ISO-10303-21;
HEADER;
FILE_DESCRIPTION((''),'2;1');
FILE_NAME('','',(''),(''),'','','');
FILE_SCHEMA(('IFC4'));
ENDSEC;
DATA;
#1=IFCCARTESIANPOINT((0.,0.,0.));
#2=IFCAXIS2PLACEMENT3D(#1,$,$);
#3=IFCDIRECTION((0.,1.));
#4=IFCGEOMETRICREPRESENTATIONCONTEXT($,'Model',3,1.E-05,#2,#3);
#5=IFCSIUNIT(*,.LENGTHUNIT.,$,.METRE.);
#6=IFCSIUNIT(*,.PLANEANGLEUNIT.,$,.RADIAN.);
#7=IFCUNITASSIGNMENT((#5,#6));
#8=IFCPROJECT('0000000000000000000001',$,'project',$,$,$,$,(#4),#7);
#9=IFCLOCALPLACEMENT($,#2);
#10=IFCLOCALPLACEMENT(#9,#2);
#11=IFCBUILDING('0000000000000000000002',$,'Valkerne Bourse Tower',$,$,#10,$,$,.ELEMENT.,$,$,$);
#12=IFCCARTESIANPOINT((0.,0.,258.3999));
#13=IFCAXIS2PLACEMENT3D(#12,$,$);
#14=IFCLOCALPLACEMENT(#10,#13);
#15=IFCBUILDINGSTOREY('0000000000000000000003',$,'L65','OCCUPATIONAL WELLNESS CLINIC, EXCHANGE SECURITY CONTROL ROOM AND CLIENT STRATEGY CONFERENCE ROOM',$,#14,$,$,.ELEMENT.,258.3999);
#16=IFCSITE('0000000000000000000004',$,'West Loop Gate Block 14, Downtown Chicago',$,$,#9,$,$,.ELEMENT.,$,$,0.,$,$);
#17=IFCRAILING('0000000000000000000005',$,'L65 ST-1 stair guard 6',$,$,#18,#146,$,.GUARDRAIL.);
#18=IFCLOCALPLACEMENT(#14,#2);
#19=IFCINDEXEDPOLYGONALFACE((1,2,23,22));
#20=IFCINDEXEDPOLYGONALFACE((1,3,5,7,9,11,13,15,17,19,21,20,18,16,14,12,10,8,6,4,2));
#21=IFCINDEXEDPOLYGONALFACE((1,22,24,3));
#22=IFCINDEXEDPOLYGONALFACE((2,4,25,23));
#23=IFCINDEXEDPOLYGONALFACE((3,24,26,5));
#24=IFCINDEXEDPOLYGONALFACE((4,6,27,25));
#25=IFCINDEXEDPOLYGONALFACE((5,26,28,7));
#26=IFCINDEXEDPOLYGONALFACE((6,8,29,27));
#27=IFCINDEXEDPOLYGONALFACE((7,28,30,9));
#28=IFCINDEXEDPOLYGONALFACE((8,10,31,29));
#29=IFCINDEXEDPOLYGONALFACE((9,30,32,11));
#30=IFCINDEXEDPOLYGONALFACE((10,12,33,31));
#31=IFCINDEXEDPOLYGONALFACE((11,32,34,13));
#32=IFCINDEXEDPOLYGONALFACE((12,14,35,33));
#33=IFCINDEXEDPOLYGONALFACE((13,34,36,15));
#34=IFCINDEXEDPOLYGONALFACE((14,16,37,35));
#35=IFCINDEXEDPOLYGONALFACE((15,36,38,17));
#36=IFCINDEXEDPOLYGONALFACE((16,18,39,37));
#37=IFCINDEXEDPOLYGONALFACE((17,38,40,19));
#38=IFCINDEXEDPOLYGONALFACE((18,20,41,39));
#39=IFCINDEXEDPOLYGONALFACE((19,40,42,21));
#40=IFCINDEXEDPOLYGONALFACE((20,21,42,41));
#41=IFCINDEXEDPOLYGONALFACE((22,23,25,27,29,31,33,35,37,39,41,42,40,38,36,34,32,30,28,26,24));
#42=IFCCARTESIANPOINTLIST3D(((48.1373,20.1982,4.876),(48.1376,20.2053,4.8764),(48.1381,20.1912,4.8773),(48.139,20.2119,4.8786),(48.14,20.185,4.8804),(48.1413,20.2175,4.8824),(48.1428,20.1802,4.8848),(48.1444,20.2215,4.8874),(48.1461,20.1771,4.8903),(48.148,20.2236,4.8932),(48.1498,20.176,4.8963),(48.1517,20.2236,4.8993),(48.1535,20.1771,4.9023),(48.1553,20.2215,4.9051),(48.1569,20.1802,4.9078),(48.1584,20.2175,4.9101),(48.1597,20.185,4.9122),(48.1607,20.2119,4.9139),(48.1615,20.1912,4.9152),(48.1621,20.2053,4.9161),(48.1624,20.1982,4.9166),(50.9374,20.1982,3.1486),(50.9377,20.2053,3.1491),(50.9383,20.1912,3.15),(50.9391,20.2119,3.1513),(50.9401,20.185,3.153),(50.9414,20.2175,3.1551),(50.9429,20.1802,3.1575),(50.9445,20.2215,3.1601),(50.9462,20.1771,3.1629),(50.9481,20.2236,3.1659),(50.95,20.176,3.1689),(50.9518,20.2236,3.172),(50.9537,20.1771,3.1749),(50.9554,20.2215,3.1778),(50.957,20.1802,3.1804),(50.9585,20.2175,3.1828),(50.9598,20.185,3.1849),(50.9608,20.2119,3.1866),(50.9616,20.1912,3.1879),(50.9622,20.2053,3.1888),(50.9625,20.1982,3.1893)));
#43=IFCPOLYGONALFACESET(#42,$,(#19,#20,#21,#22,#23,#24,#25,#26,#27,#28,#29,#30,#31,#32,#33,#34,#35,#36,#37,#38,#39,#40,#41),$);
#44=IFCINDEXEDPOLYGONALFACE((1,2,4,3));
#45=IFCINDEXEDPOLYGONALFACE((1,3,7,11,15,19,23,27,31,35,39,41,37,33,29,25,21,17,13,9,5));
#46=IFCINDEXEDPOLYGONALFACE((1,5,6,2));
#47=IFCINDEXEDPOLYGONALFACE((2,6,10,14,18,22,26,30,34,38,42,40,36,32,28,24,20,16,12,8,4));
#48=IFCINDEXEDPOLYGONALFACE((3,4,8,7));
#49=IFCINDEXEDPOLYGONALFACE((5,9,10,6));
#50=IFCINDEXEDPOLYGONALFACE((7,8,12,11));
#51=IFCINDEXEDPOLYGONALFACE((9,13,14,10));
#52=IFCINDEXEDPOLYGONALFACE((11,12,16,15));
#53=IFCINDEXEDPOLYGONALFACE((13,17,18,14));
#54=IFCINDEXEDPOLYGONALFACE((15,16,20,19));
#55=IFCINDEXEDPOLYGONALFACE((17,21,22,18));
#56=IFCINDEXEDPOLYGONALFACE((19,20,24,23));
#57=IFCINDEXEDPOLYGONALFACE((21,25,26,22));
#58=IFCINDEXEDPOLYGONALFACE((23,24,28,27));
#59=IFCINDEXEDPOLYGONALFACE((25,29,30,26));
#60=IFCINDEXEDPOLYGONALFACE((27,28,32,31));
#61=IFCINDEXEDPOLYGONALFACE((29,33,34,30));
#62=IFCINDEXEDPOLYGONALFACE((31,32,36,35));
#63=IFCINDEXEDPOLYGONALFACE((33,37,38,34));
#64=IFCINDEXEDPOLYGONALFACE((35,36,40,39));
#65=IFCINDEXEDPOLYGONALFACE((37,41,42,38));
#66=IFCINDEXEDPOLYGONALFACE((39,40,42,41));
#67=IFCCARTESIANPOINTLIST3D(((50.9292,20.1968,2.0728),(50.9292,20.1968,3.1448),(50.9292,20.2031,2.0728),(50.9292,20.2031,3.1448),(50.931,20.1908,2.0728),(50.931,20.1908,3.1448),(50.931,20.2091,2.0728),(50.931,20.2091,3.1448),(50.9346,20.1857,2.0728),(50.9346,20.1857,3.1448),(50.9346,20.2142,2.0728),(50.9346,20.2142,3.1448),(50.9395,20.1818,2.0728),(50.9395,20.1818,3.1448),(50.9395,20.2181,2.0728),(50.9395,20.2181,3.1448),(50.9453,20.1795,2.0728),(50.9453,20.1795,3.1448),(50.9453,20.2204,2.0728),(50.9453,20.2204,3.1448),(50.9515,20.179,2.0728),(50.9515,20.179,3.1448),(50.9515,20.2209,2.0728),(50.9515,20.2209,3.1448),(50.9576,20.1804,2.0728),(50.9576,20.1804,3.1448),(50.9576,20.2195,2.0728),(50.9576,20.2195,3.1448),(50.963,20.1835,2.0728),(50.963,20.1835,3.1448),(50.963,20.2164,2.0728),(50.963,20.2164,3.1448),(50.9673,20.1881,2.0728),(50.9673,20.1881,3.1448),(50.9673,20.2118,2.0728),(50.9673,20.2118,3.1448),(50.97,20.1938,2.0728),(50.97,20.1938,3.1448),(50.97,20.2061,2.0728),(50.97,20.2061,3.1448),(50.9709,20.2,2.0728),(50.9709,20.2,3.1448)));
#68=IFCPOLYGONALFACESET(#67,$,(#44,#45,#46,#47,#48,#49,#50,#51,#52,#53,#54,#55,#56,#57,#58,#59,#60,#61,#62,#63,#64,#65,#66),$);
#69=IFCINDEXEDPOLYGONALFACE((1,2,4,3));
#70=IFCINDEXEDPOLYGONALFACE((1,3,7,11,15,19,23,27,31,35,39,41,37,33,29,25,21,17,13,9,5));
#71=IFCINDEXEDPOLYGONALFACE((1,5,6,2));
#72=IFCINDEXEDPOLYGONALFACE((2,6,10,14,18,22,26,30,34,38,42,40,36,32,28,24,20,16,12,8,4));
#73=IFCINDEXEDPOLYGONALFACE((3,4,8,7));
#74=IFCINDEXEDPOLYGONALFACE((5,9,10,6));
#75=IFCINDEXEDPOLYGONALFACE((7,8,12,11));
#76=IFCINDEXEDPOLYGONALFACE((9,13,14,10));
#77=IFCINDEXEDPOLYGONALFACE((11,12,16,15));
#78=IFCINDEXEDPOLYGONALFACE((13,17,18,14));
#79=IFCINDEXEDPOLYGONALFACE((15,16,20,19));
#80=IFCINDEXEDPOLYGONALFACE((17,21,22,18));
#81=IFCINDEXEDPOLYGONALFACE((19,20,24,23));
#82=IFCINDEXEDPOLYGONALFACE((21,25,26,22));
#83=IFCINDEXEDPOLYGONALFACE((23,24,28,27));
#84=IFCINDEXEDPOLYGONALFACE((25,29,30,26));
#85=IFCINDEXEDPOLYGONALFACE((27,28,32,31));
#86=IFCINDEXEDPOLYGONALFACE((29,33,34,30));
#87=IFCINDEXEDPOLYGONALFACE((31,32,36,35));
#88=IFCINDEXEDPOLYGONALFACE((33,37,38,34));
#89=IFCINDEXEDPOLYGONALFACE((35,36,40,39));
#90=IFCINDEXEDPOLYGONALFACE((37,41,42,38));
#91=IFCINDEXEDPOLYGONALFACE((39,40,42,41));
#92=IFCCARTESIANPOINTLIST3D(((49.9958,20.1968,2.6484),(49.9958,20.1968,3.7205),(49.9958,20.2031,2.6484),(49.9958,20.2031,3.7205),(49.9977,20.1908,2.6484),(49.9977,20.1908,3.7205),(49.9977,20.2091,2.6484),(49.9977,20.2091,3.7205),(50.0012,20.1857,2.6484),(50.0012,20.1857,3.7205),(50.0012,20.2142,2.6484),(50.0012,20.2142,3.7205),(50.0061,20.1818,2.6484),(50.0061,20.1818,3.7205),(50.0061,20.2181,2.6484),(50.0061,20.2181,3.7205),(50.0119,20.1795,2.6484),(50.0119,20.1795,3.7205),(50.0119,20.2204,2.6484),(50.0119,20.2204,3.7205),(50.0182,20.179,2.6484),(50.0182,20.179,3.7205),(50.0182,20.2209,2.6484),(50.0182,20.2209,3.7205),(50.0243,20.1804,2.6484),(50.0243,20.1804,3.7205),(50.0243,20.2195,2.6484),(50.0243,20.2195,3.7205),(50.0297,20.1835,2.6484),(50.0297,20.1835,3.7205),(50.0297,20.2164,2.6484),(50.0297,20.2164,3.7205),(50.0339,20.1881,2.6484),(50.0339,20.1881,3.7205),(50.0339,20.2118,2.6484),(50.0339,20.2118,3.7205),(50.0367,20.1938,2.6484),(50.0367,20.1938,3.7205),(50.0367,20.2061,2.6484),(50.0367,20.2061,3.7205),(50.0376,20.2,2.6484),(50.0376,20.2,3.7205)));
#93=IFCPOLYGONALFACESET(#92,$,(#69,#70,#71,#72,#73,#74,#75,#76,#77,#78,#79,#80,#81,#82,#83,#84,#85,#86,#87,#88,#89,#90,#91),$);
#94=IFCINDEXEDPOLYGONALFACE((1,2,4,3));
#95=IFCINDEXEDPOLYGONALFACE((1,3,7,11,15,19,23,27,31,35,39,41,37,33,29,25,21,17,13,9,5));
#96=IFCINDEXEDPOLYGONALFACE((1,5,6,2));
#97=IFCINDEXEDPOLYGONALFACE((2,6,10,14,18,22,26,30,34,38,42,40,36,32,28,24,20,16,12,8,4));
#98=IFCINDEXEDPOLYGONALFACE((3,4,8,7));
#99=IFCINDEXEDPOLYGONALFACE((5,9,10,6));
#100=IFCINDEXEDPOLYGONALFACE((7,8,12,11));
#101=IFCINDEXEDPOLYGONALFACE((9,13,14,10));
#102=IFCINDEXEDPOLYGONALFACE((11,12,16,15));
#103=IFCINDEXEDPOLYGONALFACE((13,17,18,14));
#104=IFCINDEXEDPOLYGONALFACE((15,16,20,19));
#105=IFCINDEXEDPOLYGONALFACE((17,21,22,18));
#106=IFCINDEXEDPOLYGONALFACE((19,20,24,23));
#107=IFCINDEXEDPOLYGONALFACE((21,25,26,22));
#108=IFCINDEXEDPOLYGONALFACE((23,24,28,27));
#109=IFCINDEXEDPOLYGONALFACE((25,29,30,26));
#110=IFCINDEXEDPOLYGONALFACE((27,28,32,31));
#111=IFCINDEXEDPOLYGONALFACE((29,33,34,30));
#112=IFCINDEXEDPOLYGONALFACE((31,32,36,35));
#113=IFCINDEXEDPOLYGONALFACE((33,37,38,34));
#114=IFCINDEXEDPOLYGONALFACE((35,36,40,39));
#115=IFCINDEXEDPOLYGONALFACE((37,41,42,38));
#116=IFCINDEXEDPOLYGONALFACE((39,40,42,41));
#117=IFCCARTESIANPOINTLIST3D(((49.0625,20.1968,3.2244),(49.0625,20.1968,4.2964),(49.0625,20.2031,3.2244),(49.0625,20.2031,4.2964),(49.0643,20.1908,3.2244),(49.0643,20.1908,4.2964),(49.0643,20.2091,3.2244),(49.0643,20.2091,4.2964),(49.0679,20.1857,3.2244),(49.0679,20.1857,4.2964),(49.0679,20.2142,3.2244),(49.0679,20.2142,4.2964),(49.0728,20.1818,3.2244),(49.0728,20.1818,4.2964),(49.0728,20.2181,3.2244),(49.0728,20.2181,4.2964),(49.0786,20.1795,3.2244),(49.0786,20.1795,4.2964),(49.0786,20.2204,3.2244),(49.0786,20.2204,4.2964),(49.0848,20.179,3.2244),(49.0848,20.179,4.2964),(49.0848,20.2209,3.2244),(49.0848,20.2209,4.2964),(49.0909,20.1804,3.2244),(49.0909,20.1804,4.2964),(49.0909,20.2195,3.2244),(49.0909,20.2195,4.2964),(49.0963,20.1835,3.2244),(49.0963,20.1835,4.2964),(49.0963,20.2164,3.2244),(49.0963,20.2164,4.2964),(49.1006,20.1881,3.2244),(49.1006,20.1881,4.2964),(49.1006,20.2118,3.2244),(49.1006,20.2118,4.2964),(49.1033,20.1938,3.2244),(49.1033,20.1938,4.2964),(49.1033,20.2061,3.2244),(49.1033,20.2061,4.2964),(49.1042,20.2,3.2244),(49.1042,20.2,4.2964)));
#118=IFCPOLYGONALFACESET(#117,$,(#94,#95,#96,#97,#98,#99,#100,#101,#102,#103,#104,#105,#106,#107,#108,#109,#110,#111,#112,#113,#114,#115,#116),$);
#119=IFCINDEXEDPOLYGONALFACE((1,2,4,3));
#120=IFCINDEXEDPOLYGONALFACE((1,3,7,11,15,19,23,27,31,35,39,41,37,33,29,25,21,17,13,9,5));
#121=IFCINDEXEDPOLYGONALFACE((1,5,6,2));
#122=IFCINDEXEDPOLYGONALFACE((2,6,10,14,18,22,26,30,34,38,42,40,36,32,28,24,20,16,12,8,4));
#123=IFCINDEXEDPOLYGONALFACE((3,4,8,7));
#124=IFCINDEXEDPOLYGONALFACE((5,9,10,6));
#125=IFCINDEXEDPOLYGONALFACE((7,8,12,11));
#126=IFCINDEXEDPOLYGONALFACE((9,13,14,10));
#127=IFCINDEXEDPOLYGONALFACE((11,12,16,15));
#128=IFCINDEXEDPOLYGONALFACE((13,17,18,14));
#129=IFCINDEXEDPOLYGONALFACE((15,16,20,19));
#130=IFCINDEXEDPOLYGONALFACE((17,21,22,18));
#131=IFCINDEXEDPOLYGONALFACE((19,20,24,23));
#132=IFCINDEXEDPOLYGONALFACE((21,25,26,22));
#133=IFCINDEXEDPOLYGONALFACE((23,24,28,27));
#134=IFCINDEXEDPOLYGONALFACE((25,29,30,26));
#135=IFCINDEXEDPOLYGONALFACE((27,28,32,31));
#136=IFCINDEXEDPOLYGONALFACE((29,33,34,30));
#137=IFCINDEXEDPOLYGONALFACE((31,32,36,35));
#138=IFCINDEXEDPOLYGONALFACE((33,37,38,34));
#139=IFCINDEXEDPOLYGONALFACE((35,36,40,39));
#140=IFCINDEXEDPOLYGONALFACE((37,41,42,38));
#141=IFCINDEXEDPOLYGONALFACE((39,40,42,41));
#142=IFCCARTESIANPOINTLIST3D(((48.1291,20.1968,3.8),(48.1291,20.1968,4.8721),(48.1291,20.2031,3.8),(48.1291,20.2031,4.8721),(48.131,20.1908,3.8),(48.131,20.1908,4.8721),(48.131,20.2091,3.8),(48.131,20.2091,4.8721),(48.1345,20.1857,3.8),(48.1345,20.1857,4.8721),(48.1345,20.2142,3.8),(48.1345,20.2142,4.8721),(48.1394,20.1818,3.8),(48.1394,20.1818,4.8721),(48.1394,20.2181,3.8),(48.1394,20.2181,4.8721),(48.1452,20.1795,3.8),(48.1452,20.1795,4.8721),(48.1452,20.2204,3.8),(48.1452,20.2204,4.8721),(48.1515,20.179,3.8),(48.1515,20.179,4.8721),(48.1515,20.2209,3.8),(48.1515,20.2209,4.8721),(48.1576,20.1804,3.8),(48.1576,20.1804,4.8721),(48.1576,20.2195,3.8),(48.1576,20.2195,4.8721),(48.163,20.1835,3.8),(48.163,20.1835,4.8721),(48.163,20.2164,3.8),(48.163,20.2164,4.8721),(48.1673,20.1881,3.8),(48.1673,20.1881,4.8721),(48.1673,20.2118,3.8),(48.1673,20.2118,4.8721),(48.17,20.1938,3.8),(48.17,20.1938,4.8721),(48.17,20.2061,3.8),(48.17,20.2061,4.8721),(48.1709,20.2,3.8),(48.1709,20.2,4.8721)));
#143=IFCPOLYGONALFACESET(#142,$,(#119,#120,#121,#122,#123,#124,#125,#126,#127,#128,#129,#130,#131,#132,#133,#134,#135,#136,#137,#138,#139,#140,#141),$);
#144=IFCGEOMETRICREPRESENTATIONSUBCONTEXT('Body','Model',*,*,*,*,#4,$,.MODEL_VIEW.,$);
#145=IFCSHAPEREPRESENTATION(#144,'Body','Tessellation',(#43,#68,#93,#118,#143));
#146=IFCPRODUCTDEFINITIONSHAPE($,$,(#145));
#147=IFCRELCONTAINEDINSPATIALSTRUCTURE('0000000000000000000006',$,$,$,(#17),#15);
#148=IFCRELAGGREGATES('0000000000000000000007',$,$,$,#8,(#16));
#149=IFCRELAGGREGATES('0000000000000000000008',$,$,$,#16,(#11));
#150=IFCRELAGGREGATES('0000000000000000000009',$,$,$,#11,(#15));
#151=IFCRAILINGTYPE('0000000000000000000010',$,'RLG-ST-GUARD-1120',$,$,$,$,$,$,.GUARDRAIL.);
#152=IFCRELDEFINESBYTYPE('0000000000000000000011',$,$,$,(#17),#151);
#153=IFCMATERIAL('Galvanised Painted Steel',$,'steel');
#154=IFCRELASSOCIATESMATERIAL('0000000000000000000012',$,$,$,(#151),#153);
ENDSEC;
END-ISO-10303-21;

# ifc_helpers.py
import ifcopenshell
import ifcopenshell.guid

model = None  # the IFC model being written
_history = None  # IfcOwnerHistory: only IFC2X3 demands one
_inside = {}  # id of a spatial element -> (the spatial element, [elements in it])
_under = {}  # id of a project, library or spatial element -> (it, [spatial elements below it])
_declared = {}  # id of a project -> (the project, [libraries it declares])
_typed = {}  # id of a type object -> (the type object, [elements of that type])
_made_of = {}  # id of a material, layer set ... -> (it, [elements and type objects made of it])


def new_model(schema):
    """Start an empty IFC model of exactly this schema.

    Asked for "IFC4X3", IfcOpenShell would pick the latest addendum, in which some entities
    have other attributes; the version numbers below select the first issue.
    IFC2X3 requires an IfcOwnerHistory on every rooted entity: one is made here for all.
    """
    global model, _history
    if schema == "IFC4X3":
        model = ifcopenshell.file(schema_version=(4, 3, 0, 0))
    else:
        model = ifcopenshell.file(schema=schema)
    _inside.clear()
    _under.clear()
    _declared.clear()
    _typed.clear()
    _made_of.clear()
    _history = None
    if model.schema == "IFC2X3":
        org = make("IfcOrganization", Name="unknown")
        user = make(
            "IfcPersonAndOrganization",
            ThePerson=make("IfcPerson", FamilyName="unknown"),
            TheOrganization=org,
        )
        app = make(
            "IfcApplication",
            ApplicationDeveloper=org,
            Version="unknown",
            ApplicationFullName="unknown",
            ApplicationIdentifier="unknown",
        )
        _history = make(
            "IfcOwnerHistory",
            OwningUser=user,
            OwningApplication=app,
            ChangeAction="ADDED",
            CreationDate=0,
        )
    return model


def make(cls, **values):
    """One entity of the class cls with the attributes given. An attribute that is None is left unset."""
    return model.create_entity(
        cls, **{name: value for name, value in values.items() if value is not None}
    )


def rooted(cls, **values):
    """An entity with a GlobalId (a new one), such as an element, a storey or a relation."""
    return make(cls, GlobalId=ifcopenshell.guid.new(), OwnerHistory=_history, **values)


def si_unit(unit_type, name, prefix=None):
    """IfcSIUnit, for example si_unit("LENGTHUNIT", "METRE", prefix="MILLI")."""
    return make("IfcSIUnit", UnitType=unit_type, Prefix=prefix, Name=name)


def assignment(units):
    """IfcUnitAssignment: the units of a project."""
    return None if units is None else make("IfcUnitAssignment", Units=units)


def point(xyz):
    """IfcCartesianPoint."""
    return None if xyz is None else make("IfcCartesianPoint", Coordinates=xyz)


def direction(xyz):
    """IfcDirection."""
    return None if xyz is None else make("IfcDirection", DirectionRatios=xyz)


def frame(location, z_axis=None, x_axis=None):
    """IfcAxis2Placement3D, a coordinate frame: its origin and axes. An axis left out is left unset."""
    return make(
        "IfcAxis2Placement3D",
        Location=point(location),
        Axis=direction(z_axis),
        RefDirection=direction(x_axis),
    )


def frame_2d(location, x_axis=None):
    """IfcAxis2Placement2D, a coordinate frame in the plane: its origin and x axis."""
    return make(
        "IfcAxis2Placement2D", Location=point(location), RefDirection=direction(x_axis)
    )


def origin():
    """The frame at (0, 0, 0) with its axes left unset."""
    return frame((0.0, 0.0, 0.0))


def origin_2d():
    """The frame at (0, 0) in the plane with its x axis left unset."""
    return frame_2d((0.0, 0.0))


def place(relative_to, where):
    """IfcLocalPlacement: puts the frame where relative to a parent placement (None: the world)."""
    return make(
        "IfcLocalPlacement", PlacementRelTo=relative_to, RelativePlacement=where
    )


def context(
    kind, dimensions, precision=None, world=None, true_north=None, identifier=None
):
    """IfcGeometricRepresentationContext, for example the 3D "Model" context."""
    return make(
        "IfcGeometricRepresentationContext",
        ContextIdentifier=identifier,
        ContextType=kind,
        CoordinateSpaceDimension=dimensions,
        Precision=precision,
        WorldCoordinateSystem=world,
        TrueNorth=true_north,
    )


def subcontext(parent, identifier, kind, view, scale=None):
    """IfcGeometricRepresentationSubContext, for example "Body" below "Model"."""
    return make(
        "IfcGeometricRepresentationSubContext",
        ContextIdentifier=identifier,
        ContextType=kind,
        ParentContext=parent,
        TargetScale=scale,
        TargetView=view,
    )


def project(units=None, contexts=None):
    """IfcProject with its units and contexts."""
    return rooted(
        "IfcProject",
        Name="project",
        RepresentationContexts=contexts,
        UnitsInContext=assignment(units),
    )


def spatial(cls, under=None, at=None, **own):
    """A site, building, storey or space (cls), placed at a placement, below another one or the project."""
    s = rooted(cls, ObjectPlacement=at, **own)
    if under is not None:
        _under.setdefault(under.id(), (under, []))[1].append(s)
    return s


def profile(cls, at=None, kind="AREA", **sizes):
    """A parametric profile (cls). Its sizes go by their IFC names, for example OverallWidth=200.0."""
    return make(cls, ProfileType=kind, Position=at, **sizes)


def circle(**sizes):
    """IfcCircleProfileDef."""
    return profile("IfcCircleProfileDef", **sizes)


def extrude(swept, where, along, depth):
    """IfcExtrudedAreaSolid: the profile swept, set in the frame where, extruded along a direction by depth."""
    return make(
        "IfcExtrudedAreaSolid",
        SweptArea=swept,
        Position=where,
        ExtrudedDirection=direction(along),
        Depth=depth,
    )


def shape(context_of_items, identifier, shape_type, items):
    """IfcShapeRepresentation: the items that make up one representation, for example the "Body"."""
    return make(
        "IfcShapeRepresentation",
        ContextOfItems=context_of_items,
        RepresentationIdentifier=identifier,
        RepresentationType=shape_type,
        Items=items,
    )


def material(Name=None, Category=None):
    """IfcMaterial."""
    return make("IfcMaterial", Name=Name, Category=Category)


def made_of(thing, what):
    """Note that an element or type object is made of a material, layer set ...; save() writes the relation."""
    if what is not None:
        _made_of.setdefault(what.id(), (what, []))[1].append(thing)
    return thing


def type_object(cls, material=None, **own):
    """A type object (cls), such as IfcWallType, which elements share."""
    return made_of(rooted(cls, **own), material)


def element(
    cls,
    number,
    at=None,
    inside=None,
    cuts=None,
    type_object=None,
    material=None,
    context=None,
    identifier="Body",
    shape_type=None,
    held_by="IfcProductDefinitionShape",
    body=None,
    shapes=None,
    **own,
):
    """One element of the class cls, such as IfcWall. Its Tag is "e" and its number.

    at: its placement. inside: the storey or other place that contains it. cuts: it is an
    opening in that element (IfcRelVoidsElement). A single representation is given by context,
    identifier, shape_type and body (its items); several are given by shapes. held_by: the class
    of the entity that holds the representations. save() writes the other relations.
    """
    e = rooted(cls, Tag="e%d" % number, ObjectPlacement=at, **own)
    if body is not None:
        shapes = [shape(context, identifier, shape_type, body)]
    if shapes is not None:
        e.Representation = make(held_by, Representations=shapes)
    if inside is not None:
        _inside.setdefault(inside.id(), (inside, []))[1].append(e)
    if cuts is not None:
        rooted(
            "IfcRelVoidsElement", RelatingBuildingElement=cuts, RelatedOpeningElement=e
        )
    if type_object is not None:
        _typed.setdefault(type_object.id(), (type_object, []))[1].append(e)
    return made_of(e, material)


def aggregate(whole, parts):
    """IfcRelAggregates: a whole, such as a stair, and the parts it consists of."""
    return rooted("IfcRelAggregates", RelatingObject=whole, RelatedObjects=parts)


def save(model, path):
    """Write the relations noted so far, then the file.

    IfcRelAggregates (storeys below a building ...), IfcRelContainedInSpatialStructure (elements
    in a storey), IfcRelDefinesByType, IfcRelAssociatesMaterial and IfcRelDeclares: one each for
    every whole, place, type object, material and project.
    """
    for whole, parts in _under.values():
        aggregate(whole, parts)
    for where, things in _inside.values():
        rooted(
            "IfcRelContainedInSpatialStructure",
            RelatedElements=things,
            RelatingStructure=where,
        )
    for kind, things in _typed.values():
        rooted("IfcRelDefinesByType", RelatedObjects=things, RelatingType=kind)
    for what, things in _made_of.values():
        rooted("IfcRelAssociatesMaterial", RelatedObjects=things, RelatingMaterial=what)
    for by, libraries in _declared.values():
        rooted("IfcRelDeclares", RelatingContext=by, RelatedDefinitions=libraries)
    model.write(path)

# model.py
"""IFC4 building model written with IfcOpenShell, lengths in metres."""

from ifc_helpers import new_model, si_unit, direction, frame, origin, origin_2d, place, context, subcontext, project, spatial, circle, extrude, material, type_object, element, save


model = new_model("IFC4")

# Units and contexts
model_context = context("Model", 3, precision=1e-05, world=origin(), true_north=direction((0.0, 1.0)))
body_context = subcontext(model_context, "Body", "Model", "MODEL_VIEW")
ifc_project = project(units=[si_unit("LENGTHUNIT", "METRE"), si_unit("PLANEANGLEUNIT", "RADIAN")], contexts=[model_context])

# Site, building, storey
site_placement = place(None, origin())
site = spatial("IfcSite", under=ifc_project, at=site_placement, Name="West Loop Gate Block 14, Downtown Chicago", CompositionType="ELEMENT", RefElevation=0.0)
building_placement = place(site_placement, origin())
building = spatial("IfcBuilding", under=site, at=building_placement, Name="Valkerne Bourse Tower", CompositionType="ELEMENT")
storey_placement = place(building_placement, frame((0.0, 0.0, 258.3999)))
storey = spatial("IfcBuildingStorey", under=building, at=storey_placement, Name="L65", Description="OCCUPATIONAL WELLNESS CLINIC, EXCHANGE SECURITY CONTROL ROOM AND CLIENT STRATEGY CONFERENCE ROOM", CompositionType="ELEMENT", Elevation=258.3999)

# Shared definitions
ifc_material_1 = material(Name="Galvanised Painted Steel", Category="steel")

# Railing
railing_type_1 = type_object("IfcRailingType", Name="RLG-ST-GUARD-1120", PredefinedType="GUARDRAIL", material=ifc_material_1)
railing_1_placement = place(storey_placement, frame((50.95, 20.2, 2.0728)))
element("IfcRailing", 1, at=railing_1_placement, inside=storey, type_object=railing_type_1, Name="L65 ST-1 stair guard 6", PredefinedType="GUARDRAIL", context=body_context, shape_type="SweptSolid", body=[
    extrude(circle(Radius=0.0239, at=origin_2d()), frame((0.0, 0.0, 1.0962), z_axis=(-0.85109, 0.0, 0.52502), x_axis=(0.0, -1.0, 0.0)), (0.0, 0.0, 1.0), 3.29),
    extrude(circle(Radius=0.021, at=origin_2d()), origin(), (0.0, 0.0, 1.0), 1.072),
    extrude(circle(Radius=0.021, at=origin_2d()), frame((-0.9333, 0.0, 0.5757)), (0.0, 0.0, 1.0), 1.072),
    extrude(circle(Radius=0.021, at=origin_2d()), frame((-1.8667, 0.0, 1.1516)), (0.0, 0.0, 1.0), 1.072),
    extrude(circle(Radius=0.021, at=origin_2d()), frame((-2.8, 0.0, 1.7273)), (0.0, 0.0, 1.0), 1.072),
])

save(model, "model.ifc")
